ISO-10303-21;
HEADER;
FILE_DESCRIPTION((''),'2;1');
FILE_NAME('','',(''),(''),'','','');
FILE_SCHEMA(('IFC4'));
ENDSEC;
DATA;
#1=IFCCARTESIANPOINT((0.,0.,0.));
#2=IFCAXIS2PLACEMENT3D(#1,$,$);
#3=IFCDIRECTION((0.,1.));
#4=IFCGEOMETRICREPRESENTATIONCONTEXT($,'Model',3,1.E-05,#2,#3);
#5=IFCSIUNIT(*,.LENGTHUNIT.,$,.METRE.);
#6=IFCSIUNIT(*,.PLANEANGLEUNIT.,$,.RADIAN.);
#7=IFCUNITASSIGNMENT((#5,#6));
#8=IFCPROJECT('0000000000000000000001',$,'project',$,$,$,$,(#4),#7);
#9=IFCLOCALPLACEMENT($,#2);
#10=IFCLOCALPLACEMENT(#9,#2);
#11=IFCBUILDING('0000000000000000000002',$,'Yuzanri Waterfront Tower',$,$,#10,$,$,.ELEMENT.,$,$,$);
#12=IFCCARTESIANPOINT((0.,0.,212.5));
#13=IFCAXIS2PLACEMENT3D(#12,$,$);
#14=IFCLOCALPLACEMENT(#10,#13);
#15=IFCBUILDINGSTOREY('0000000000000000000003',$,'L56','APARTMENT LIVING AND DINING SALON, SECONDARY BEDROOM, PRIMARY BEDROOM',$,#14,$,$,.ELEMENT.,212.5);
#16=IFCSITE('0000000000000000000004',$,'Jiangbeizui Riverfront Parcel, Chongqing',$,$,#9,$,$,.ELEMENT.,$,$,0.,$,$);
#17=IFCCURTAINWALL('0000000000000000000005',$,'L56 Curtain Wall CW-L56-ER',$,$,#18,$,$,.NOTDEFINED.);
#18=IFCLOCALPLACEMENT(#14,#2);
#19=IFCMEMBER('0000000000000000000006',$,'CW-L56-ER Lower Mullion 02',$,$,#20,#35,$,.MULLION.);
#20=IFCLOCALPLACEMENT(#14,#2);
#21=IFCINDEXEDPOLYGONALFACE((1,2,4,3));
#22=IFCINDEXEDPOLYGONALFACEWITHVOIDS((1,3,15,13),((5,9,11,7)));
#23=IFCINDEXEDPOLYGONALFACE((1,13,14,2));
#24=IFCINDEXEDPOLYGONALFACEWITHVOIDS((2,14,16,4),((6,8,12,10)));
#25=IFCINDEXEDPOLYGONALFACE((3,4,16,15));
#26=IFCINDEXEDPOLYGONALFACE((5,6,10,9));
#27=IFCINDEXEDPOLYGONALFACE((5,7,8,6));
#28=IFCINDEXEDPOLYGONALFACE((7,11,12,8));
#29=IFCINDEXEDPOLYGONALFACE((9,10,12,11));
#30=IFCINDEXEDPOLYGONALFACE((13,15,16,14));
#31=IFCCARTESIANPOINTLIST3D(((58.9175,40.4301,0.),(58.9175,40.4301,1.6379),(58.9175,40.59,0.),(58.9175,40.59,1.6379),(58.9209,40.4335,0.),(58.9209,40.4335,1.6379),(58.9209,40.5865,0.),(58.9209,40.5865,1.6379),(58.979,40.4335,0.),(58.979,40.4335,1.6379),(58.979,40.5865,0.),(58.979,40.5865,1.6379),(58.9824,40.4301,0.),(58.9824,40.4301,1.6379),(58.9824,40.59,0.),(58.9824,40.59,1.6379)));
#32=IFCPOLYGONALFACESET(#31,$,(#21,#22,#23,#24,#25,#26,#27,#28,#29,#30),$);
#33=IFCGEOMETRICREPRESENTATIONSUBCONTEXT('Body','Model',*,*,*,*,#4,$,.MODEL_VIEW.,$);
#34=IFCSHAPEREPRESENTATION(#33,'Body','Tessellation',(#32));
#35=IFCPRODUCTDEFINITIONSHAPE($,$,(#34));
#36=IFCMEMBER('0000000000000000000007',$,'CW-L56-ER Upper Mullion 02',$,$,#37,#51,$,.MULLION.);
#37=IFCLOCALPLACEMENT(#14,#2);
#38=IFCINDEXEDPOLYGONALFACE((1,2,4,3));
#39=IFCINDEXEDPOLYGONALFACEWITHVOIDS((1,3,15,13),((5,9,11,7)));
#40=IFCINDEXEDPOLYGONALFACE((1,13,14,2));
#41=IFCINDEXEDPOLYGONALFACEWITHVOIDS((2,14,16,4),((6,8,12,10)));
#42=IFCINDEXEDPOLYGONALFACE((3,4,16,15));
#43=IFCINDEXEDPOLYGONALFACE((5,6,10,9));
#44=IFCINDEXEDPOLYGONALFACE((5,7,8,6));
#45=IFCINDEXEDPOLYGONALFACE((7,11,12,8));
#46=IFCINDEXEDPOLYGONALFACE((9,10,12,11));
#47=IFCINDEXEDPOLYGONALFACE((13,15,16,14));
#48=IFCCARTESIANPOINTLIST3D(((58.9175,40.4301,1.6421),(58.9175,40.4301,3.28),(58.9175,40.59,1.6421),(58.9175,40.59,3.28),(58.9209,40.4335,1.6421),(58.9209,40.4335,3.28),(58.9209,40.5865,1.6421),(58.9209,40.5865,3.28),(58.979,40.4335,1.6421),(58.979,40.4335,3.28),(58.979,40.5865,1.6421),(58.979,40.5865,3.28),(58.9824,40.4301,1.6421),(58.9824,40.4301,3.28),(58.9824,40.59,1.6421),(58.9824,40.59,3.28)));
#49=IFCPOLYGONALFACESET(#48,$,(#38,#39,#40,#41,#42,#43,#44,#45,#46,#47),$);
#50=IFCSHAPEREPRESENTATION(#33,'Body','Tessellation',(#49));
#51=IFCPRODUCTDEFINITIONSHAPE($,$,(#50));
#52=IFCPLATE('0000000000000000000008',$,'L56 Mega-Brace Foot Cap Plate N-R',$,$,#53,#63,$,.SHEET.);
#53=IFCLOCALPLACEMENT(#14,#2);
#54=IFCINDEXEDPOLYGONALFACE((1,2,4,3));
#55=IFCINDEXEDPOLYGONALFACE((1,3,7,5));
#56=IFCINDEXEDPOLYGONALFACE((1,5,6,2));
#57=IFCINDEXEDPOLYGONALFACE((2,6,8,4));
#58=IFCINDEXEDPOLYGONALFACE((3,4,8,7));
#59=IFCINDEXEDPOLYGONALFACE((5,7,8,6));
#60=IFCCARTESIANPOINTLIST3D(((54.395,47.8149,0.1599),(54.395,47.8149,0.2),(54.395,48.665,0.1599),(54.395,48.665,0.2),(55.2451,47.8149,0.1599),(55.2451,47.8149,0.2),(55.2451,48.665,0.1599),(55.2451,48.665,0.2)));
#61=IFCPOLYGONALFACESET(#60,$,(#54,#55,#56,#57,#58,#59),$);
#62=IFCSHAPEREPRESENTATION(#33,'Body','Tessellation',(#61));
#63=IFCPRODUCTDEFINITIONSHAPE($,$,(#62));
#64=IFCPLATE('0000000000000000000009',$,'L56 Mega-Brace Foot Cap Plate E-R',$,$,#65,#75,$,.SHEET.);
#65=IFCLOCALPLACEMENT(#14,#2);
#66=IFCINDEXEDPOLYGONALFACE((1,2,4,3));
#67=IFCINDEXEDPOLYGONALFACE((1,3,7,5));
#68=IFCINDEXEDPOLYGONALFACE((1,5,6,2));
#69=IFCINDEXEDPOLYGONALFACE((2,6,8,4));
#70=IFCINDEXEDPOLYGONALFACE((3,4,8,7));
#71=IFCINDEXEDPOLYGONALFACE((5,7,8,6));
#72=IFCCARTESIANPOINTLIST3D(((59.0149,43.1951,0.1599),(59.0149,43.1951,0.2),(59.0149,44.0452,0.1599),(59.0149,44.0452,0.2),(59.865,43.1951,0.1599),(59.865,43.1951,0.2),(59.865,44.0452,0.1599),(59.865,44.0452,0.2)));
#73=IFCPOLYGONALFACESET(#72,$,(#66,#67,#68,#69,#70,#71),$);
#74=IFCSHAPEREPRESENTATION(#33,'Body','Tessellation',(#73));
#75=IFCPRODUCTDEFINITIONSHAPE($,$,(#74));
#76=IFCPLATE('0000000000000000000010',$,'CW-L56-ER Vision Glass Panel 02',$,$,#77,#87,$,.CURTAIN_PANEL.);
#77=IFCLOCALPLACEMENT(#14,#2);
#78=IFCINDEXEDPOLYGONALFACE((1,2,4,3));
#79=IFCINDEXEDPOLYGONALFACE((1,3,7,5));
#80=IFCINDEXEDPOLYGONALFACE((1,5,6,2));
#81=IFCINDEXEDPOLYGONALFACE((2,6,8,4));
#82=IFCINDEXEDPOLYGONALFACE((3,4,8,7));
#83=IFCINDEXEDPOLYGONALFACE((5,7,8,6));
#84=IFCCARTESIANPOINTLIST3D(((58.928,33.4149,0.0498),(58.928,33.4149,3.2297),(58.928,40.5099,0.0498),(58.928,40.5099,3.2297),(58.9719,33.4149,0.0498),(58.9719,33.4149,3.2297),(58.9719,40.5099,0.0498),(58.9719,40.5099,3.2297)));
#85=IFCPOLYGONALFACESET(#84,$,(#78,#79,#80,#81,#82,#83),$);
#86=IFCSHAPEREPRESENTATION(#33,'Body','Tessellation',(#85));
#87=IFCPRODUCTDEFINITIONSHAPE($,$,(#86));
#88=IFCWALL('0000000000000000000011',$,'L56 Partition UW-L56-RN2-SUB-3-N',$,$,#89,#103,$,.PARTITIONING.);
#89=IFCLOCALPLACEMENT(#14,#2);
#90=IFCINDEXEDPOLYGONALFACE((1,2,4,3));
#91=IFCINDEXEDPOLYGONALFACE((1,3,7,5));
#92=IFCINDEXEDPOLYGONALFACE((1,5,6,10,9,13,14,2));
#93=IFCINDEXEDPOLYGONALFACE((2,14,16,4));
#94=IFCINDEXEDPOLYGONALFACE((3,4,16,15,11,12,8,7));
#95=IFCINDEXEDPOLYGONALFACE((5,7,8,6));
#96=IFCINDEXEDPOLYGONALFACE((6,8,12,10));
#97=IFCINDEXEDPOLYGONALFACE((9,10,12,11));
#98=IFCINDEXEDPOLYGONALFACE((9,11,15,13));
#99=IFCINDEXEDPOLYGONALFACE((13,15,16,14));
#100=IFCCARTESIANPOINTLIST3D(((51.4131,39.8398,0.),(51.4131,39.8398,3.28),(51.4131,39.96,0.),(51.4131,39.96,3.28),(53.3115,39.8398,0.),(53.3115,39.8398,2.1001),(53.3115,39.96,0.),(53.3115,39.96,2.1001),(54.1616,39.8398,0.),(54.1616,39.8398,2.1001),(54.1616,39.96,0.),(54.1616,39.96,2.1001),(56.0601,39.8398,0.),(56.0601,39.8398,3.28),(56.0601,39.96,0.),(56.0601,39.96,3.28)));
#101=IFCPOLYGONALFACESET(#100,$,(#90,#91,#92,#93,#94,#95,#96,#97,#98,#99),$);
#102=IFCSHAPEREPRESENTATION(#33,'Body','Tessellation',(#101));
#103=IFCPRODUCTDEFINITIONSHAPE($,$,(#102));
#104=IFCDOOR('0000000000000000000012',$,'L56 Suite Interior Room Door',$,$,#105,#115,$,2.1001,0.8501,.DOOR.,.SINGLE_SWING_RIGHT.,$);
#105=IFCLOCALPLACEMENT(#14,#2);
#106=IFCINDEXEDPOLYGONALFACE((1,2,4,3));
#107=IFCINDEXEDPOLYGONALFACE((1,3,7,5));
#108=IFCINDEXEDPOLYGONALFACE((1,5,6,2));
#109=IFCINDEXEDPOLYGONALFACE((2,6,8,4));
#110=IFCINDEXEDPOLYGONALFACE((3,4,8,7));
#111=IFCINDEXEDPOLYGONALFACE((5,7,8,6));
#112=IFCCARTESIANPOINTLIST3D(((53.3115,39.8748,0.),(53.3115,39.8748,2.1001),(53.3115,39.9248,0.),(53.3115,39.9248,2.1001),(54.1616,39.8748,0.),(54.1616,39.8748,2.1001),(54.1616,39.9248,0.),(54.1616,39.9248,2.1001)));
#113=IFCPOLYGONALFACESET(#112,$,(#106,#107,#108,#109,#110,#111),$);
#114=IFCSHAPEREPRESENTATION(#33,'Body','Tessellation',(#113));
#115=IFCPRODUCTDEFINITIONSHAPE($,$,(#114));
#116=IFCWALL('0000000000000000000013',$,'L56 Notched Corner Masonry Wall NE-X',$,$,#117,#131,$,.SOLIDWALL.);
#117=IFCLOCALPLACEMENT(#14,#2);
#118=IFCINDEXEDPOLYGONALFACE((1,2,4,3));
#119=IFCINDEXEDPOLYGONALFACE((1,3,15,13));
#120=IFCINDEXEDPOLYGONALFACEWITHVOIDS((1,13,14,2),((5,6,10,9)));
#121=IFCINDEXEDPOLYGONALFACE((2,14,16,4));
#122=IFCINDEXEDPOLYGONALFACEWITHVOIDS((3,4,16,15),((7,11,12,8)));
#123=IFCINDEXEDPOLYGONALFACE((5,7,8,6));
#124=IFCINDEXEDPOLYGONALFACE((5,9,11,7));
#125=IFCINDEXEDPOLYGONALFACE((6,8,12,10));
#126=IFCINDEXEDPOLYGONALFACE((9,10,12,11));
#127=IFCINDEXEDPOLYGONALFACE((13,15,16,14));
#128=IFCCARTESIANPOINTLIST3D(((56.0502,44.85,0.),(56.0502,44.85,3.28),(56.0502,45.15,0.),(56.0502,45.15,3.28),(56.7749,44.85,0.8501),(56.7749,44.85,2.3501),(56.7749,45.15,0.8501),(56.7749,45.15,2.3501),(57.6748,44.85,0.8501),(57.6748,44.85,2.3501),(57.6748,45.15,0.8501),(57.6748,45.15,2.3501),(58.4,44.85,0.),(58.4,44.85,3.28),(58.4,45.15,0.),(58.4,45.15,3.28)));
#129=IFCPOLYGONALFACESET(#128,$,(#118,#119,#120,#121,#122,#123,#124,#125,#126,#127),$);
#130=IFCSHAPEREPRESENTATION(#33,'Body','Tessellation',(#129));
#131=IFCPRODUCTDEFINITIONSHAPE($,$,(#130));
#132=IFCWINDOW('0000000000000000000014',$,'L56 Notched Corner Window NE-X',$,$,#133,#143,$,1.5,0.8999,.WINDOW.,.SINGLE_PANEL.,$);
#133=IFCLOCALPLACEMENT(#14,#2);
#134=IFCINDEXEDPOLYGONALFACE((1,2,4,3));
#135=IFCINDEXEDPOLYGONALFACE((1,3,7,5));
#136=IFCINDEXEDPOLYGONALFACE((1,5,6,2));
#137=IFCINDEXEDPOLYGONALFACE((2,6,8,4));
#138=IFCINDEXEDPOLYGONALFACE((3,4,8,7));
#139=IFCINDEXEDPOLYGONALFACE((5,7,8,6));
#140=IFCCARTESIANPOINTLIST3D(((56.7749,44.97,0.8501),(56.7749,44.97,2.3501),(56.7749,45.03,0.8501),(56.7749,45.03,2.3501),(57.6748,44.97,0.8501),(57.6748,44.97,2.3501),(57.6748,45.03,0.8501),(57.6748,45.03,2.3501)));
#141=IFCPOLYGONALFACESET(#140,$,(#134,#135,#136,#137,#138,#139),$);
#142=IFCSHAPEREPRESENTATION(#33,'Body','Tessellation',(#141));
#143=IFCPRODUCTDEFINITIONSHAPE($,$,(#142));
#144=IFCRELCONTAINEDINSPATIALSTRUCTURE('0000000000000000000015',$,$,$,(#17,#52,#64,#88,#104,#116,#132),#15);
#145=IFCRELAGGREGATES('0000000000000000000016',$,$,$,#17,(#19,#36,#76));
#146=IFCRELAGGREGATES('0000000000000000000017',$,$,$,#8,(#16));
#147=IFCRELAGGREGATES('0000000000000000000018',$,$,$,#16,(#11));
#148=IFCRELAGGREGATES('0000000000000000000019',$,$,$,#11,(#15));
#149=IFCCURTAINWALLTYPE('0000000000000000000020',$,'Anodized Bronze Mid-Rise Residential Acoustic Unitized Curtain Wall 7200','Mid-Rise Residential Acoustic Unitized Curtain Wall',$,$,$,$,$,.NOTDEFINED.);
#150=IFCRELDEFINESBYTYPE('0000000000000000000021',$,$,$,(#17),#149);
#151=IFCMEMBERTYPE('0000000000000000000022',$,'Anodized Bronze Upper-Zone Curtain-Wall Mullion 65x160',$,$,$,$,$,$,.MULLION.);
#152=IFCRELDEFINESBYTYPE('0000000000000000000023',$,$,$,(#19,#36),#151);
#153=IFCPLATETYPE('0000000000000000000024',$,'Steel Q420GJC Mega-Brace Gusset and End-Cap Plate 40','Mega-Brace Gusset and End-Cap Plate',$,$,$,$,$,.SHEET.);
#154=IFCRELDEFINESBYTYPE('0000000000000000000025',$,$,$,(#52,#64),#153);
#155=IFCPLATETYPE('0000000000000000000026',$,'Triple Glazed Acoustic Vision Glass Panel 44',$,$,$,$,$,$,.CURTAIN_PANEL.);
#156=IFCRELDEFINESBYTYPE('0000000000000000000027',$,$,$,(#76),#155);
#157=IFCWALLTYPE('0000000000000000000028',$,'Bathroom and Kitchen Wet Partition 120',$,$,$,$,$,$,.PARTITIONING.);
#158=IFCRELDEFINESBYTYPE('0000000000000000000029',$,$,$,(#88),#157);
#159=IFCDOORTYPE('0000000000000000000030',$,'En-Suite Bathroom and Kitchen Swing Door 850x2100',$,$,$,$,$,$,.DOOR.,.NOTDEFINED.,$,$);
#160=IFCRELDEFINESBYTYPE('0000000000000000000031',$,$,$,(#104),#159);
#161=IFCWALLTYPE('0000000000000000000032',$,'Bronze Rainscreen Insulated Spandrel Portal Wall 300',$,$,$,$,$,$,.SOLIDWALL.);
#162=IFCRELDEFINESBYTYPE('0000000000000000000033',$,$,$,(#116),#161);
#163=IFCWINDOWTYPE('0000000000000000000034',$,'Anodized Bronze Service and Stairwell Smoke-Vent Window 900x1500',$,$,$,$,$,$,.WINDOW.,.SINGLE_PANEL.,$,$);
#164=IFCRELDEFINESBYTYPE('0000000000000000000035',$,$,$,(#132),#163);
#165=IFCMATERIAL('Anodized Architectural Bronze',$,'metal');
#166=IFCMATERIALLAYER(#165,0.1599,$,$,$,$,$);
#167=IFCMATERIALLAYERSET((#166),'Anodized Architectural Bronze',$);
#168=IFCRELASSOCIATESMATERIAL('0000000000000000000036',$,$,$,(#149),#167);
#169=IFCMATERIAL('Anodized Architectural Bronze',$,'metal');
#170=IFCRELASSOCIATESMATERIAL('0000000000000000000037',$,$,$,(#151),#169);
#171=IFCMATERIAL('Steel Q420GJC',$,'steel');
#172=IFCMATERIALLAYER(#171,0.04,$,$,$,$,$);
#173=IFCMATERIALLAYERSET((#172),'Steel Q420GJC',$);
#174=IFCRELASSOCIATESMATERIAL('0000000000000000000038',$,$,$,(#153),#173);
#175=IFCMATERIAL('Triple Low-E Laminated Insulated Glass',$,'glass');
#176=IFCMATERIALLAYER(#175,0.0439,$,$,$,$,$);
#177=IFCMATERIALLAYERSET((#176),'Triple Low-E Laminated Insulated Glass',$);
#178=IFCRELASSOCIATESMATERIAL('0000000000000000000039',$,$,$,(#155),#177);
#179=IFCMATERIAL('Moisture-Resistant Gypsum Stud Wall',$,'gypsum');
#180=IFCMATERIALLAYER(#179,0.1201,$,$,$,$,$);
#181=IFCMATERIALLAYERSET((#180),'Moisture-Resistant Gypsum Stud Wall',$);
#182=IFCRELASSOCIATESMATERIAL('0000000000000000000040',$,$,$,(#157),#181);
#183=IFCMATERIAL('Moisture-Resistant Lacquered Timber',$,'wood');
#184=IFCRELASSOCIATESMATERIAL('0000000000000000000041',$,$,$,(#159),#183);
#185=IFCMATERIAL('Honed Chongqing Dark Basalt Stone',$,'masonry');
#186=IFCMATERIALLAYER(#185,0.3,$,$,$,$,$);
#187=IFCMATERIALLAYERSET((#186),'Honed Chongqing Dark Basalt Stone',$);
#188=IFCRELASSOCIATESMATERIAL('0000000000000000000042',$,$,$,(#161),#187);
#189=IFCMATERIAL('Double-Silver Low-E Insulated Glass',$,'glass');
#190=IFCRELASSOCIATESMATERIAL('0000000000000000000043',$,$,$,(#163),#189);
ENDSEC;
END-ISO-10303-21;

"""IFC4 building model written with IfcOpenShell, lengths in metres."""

from ifc_helpers import new_model, si_unit, direction, frame, frame_2d, origin, origin_2d, place, context, subcontext, project, spatial, rectangle, hollow_rectangle, extrude, source, transform, mapped, material, layer, layer_set, material_profile, profile_set, type_object, element, fill, aggregate, save


model = new_model("IFC4")

# Units and contexts
model_context = context("Model", 3, precision=1e-05, world=origin(), true_north=direction((0.0, 1.0)))
body_context = subcontext(model_context, "Body", "Model", "MODEL_VIEW")
ifc_project = project(units=[si_unit("LENGTHUNIT", "METRE"), si_unit("PLANEANGLEUNIT", "RADIAN")], contexts=[model_context])

# Site, building, storey
site_placement = place(None, origin())
site = spatial("IfcSite", under=ifc_project, at=site_placement, Name="Jiangbeizui Riverfront Parcel, Chongqing", CompositionType="ELEMENT", RefElevation=0.0)
building_placement = place(site_placement, origin())
building = spatial("IfcBuilding", under=site, at=building_placement, Name="Yuzanri Waterfront Tower", CompositionType="ELEMENT")
storey_placement = place(building_placement, frame((0.0, 0.0, 212.5)))
storey = spatial("IfcBuildingStorey", under=building, at=storey_placement, Name="L56", Description="APARTMENT LIVING AND DINING SALON, SECONDARY BEDROOM, PRIMARY BEDROOM", CompositionType="ELEMENT", Elevation=212.5)

# Curtain wall, members
ifc_material_1 = material(Name="Anodized Architectural Bronze", Category="metal")
ifc_layer_1 = layer(ifc_material_1, 0.1599)
ifc_layer_set_1 = layer_set([ifc_layer_1], Name="Anodized Architectural Bronze")
curtain_wall_type = type_object("IfcCurtainWallType", Name="Anodized Bronze Mid-Rise Residential Acoustic Unitized Curtain Wall 7200", Description="Mid-Rise Residential Acoustic Unitized Curtain Wall", PredefinedType="NOTDEFINED", material=ifc_layer_set_1)
ifc_material_2 = material(Name="Anodized Architectural Bronze", Category="metal")
ifc_material_profile_1 = material_profile(ifc_material_2, hollow_rectangle(XDim=0.0649, YDim=0.1599, WallThickness=0.0034, at=origin_2d()), Name="CWM 65x160")
ifc_profile_set_1 = profile_set([ifc_material_profile_1], Name="Anodized Architectural Bronze")
member_type_1 = type_object("IfcMemberType", Name="Anodized Bronze Upper-Zone Curtain-Wall Mullion 65x160", PredefinedType="MULLION", material=ifc_profile_set_1)
shared_shape_1 = source(origin(), body_context, "Body", "SweptSolid", [
    extrude(hollow_rectangle(XDim=0.0649, YDim=0.1599, WallThickness=0.0034, at=origin_2d()), origin(), (0.0, 0.0, 1.0), 1.6379),
])
curtain_wall_1_placement = place(storey_placement, origin())
curtain_wall_1 = element("IfcCurtainWall", 1, at=curtain_wall_1_placement, inside=storey, type_object=curtain_wall_type, Name="L56 Curtain Wall CW-L56-ER", PredefinedType="NOTDEFINED")
member_1_placement = place(storey_placement, frame((58.95, 40.51, 0.0), z_axis=(0.0, 0.0, 1.0), x_axis=(1.0, 0.0, 0.0)))
member_1 = element("IfcMember", 2, at=member_1_placement, type_object=member_type_1, Name="CW-L56-ER Lower Mullion 02", PredefinedType="MULLION", context=body_context, shape_type="MappedRepresentation", body=[
    mapped(shared_shape_1, transform((0.0, 0.0, 0.0), scale=1.0)),
])
member_2_placement = place(storey_placement, frame((58.95, 40.51, 1.6421), z_axis=(0.0, 0.0, 1.0), x_axis=(1.0, 0.0, 0.0)))
member_2 = element("IfcMember", 3, at=member_2_placement, type_object=member_type_1, Name="CW-L56-ER Upper Mullion 02", PredefinedType="MULLION", context=body_context, shape_type="MappedRepresentation", body=[
    mapped(shared_shape_1, transform((0.0, 0.0, 0.0), scale=1.0)),
])

# Plates
ifc_material_3 = material(Name="Steel Q420GJC", Category="steel")
ifc_layer_2 = layer(ifc_material_3, 0.04)
ifc_layer_set_2 = layer_set([ifc_layer_2], Name="Steel Q420GJC")
plate_type_1 = type_object("IfcPlateType", Name="Steel Q420GJC Mega-Brace Gusset and End-Cap Plate 40", Description="Mega-Brace Gusset and End-Cap Plate", PredefinedType="SHEET", material=ifc_layer_set_2)
shared_shape_2 = source(origin(), body_context, "Body", "SweptSolid", [
    extrude(rectangle(XDim=0.8501, YDim=0.8501, at=origin_2d()), origin(), (0.0, 0.0, 1.0), 0.04),
])
for number, where, z_axis, x_axis, name in (
    (4, (54.8201, 48.24, 0.1599), (0.0, 0.0, 1.0), (1.0, 0.0, 0.0), "L56 Mega-Brace Foot Cap Plate N-R"),
    (5, (59.4399, 43.6201, 0.1599), (0.0, 0.0, 1.0), (1.0, 0.0, 0.0), "L56 Mega-Brace Foot Cap Plate E-R"),
):
    element("IfcPlate", number, at=place(storey_placement, frame(where, z_axis=z_axis, x_axis=x_axis)), inside=storey, type_object=plate_type_1, Name=name, PredefinedType="SHEET", context=body_context, shape_type="MappedRepresentation", body=[
        mapped(shared_shape_2, transform((0.0, 0.0, 0.0), scale=1.0)),
    ])

# Plate
ifc_material_4 = material(Name="Triple Low-E Laminated Insulated Glass", Category="glass")
ifc_layer_3 = layer(ifc_material_4, 0.0439)
ifc_layer_set_3 = layer_set([ifc_layer_3], Name="Triple Low-E Laminated Insulated Glass")
plate_type_2 = type_object("IfcPlateType", Name="Triple Glazed Acoustic Vision Glass Panel 44", PredefinedType="CURTAIN_PANEL", material=ifc_layer_set_3)
shared_shape_3 = source(origin(), body_context, "Body", "SweptSolid", [
    extrude(rectangle(XDim=7.095, YDim=0.0439, at=origin_2d()), origin(), (0.0, 0.0, 1.0), 3.1799),
])
plate_placement = place(storey_placement, frame((58.95, 36.9624, 0.0498), z_axis=(0.0, 0.0, 1.0), x_axis=(0.0, 1.0, 0.0)))
plate = element("IfcPlate", 6, at=plate_placement, type_object=plate_type_2, Name="CW-L56-ER Vision Glass Panel 02", PredefinedType="CURTAIN_PANEL", context=body_context, shape_type="MappedRepresentation", body=[
    mapped(shared_shape_3, transform((0.0, 0.0, 0.0), scale=1.0)),
])
aggregate(curtain_wall_1, [member_1, member_2, plate])

# Wall, opening, door
ifc_material_5 = material(Name="Moisture-Resistant Gypsum Stud Wall", Category="gypsum")
ifc_layer_4 = layer(ifc_material_5, 0.1201)
ifc_layer_set_4 = layer_set([ifc_layer_4], Name="Moisture-Resistant Gypsum Stud Wall")
wall_type_1 = type_object("IfcWallType", Name="Bathroom and Kitchen Wet Partition 120", PredefinedType="PARTITIONING", material=ifc_layer_set_4)
wall_1_placement = place(storey_placement, frame((51.4131, 39.8999, 0.0), z_axis=(0.0, 0.0, 1.0), x_axis=(1.0, 0.0, 0.0)))
wall_1 = element("IfcWall", 7, at=wall_1_placement, inside=storey, type_object=wall_type_1, Name="L56 Partition UW-L56-RN2-SUB-3-N", PredefinedType="PARTITIONING", context=body_context, shape_type="SweptSolid", body=[
    extrude(rectangle(XDim=4.647, YDim=0.1201, at=frame_2d((2.3235, 0.0))), origin(), (0.0, 0.0, 1.0), 3.28),
])
opening_1_placement = place(wall_1_placement, frame((1.8984, 0.0, 0.0)))
opening_1 = element("IfcOpeningElement", 8, at=opening_1_placement, cuts=wall_1, PredefinedType="OPENING", context=body_context, shape_type="SweptSolid", body=[
    extrude(rectangle(XDim=0.8501, YDim=2.1001, at=frame_2d((0.425, 1.05))), frame((0.0, 0.075, 0.0), z_axis=(0.0, -1.0, 0.0), x_axis=(1.0, 0.0, 0.0)), (0.0, 0.0, 1.0), 0.1499),
])
ifc_material_6 = material(Name="Moisture-Resistant Lacquered Timber", Category="wood")
door_type = type_object("IfcDoorType", Name="En-Suite Bathroom and Kitchen Swing Door 850x2100", OperationType="NOTDEFINED", PredefinedType="DOOR", material=ifc_material_6)
shared_shape_4 = source(origin(), body_context, "Body", "SweptSolid", [
    extrude(rectangle(XDim=0.8501, YDim=2.1001, at=frame_2d((0.425, 1.05))), frame((0.0, 0.0249, 0.0), z_axis=(0.0, -1.0, 0.0), x_axis=(1.0, 0.0, 0.0)), (0.0, 0.0, 1.0), 0.05),
])
door_placement = place(opening_1_placement, origin())
door = element("IfcDoor", 9, at=door_placement, inside=storey, type_object=door_type, Name="L56 Suite Interior Room Door", OperationType="SINGLE_SWING_RIGHT", OverallHeight=2.1001, OverallWidth=0.8501, PredefinedType="DOOR", context=body_context, shape_type="MappedRepresentation", body=[
    mapped(shared_shape_4, transform((0.0, 0.0, 0.0), scale=1.0)),
])
fill(opening_1, door)

# Wall, opening, window
ifc_material_7 = material(Name="Honed Chongqing Dark Basalt Stone", Category="masonry")
ifc_layer_5 = layer(ifc_material_7, 0.3)
ifc_layer_set_5 = layer_set([ifc_layer_5], Name="Honed Chongqing Dark Basalt Stone")
wall_type_2 = type_object("IfcWallType", Name="Bronze Rainscreen Insulated Spandrel Portal Wall 300", PredefinedType="SOLIDWALL", material=ifc_layer_set_5)
wall_2_placement = place(storey_placement, frame((58.3999, 45.0, 0.0), z_axis=(0.0, 0.0, 1.0), x_axis=(-1.0, 0.0, 0.0)))
wall_2 = element("IfcWall", 10, at=wall_2_placement, inside=storey, type_object=wall_type_2, Name="L56 Notched Corner Masonry Wall NE-X", PredefinedType="SOLIDWALL", context=body_context, shape_type="SweptSolid", body=[
    extrude(rectangle(XDim=2.3499, YDim=0.3, at=frame_2d((1.1748, 0.0))), origin(), (0.0, 0.0, 1.0), 3.28),
])
opening_2_placement = place(wall_2_placement, frame((0.7251, 0.0, 0.8501)))
opening_2 = element("IfcOpeningElement", 11, at=opening_2_placement, cuts=wall_2, PredefinedType="OPENING", context=body_context, shape_type="SweptSolid", body=[
    extrude(rectangle(XDim=0.8999, YDim=1.5, at=frame_2d((0.45, 0.75))), frame((0.0, 0.165, 0.0), z_axis=(0.0, -1.0, 0.0), x_axis=(1.0, 0.0, 0.0)), (0.0, 0.0, 1.0), 0.3298),
])
ifc_material_8 = material(Name="Double-Silver Low-E Insulated Glass", Category="glass")
window_type_1 = type_object("IfcWindowType", Name="Anodized Bronze Service and Stairwell Smoke-Vent Window 900x1500", PartitioningType="SINGLE_PANEL", PredefinedType="WINDOW", material=ifc_material_8)
shared_shape_5 = source(origin(), body_context, "Body", "SweptSolid", [
    extrude(rectangle(XDim=0.8999, YDim=1.5, at=frame_2d((0.45, 0.75))), frame((0.0, 0.03, 0.0), z_axis=(0.0, -1.0, 0.0), x_axis=(1.0, 0.0, 0.0)), (0.0, 0.0, 1.0), 0.0601),
])
window_1_placement = place(opening_2_placement, origin())
window_1 = element("IfcWindow", 12, at=window_1_placement, inside=storey, type_object=window_type_1, Name="L56 Notched Corner Window NE-X", OverallHeight=1.5, OverallWidth=0.8999, PartitioningType="SINGLE_PANEL", PredefinedType="WINDOW", context=body_context, shape_type="MappedRepresentation", body=[
    mapped(shared_shape_5, transform((0.0, 0.0, 0.0), scale=1.0)),
])
fill(opening_2, window_1)

save(model, "model.ifc")
